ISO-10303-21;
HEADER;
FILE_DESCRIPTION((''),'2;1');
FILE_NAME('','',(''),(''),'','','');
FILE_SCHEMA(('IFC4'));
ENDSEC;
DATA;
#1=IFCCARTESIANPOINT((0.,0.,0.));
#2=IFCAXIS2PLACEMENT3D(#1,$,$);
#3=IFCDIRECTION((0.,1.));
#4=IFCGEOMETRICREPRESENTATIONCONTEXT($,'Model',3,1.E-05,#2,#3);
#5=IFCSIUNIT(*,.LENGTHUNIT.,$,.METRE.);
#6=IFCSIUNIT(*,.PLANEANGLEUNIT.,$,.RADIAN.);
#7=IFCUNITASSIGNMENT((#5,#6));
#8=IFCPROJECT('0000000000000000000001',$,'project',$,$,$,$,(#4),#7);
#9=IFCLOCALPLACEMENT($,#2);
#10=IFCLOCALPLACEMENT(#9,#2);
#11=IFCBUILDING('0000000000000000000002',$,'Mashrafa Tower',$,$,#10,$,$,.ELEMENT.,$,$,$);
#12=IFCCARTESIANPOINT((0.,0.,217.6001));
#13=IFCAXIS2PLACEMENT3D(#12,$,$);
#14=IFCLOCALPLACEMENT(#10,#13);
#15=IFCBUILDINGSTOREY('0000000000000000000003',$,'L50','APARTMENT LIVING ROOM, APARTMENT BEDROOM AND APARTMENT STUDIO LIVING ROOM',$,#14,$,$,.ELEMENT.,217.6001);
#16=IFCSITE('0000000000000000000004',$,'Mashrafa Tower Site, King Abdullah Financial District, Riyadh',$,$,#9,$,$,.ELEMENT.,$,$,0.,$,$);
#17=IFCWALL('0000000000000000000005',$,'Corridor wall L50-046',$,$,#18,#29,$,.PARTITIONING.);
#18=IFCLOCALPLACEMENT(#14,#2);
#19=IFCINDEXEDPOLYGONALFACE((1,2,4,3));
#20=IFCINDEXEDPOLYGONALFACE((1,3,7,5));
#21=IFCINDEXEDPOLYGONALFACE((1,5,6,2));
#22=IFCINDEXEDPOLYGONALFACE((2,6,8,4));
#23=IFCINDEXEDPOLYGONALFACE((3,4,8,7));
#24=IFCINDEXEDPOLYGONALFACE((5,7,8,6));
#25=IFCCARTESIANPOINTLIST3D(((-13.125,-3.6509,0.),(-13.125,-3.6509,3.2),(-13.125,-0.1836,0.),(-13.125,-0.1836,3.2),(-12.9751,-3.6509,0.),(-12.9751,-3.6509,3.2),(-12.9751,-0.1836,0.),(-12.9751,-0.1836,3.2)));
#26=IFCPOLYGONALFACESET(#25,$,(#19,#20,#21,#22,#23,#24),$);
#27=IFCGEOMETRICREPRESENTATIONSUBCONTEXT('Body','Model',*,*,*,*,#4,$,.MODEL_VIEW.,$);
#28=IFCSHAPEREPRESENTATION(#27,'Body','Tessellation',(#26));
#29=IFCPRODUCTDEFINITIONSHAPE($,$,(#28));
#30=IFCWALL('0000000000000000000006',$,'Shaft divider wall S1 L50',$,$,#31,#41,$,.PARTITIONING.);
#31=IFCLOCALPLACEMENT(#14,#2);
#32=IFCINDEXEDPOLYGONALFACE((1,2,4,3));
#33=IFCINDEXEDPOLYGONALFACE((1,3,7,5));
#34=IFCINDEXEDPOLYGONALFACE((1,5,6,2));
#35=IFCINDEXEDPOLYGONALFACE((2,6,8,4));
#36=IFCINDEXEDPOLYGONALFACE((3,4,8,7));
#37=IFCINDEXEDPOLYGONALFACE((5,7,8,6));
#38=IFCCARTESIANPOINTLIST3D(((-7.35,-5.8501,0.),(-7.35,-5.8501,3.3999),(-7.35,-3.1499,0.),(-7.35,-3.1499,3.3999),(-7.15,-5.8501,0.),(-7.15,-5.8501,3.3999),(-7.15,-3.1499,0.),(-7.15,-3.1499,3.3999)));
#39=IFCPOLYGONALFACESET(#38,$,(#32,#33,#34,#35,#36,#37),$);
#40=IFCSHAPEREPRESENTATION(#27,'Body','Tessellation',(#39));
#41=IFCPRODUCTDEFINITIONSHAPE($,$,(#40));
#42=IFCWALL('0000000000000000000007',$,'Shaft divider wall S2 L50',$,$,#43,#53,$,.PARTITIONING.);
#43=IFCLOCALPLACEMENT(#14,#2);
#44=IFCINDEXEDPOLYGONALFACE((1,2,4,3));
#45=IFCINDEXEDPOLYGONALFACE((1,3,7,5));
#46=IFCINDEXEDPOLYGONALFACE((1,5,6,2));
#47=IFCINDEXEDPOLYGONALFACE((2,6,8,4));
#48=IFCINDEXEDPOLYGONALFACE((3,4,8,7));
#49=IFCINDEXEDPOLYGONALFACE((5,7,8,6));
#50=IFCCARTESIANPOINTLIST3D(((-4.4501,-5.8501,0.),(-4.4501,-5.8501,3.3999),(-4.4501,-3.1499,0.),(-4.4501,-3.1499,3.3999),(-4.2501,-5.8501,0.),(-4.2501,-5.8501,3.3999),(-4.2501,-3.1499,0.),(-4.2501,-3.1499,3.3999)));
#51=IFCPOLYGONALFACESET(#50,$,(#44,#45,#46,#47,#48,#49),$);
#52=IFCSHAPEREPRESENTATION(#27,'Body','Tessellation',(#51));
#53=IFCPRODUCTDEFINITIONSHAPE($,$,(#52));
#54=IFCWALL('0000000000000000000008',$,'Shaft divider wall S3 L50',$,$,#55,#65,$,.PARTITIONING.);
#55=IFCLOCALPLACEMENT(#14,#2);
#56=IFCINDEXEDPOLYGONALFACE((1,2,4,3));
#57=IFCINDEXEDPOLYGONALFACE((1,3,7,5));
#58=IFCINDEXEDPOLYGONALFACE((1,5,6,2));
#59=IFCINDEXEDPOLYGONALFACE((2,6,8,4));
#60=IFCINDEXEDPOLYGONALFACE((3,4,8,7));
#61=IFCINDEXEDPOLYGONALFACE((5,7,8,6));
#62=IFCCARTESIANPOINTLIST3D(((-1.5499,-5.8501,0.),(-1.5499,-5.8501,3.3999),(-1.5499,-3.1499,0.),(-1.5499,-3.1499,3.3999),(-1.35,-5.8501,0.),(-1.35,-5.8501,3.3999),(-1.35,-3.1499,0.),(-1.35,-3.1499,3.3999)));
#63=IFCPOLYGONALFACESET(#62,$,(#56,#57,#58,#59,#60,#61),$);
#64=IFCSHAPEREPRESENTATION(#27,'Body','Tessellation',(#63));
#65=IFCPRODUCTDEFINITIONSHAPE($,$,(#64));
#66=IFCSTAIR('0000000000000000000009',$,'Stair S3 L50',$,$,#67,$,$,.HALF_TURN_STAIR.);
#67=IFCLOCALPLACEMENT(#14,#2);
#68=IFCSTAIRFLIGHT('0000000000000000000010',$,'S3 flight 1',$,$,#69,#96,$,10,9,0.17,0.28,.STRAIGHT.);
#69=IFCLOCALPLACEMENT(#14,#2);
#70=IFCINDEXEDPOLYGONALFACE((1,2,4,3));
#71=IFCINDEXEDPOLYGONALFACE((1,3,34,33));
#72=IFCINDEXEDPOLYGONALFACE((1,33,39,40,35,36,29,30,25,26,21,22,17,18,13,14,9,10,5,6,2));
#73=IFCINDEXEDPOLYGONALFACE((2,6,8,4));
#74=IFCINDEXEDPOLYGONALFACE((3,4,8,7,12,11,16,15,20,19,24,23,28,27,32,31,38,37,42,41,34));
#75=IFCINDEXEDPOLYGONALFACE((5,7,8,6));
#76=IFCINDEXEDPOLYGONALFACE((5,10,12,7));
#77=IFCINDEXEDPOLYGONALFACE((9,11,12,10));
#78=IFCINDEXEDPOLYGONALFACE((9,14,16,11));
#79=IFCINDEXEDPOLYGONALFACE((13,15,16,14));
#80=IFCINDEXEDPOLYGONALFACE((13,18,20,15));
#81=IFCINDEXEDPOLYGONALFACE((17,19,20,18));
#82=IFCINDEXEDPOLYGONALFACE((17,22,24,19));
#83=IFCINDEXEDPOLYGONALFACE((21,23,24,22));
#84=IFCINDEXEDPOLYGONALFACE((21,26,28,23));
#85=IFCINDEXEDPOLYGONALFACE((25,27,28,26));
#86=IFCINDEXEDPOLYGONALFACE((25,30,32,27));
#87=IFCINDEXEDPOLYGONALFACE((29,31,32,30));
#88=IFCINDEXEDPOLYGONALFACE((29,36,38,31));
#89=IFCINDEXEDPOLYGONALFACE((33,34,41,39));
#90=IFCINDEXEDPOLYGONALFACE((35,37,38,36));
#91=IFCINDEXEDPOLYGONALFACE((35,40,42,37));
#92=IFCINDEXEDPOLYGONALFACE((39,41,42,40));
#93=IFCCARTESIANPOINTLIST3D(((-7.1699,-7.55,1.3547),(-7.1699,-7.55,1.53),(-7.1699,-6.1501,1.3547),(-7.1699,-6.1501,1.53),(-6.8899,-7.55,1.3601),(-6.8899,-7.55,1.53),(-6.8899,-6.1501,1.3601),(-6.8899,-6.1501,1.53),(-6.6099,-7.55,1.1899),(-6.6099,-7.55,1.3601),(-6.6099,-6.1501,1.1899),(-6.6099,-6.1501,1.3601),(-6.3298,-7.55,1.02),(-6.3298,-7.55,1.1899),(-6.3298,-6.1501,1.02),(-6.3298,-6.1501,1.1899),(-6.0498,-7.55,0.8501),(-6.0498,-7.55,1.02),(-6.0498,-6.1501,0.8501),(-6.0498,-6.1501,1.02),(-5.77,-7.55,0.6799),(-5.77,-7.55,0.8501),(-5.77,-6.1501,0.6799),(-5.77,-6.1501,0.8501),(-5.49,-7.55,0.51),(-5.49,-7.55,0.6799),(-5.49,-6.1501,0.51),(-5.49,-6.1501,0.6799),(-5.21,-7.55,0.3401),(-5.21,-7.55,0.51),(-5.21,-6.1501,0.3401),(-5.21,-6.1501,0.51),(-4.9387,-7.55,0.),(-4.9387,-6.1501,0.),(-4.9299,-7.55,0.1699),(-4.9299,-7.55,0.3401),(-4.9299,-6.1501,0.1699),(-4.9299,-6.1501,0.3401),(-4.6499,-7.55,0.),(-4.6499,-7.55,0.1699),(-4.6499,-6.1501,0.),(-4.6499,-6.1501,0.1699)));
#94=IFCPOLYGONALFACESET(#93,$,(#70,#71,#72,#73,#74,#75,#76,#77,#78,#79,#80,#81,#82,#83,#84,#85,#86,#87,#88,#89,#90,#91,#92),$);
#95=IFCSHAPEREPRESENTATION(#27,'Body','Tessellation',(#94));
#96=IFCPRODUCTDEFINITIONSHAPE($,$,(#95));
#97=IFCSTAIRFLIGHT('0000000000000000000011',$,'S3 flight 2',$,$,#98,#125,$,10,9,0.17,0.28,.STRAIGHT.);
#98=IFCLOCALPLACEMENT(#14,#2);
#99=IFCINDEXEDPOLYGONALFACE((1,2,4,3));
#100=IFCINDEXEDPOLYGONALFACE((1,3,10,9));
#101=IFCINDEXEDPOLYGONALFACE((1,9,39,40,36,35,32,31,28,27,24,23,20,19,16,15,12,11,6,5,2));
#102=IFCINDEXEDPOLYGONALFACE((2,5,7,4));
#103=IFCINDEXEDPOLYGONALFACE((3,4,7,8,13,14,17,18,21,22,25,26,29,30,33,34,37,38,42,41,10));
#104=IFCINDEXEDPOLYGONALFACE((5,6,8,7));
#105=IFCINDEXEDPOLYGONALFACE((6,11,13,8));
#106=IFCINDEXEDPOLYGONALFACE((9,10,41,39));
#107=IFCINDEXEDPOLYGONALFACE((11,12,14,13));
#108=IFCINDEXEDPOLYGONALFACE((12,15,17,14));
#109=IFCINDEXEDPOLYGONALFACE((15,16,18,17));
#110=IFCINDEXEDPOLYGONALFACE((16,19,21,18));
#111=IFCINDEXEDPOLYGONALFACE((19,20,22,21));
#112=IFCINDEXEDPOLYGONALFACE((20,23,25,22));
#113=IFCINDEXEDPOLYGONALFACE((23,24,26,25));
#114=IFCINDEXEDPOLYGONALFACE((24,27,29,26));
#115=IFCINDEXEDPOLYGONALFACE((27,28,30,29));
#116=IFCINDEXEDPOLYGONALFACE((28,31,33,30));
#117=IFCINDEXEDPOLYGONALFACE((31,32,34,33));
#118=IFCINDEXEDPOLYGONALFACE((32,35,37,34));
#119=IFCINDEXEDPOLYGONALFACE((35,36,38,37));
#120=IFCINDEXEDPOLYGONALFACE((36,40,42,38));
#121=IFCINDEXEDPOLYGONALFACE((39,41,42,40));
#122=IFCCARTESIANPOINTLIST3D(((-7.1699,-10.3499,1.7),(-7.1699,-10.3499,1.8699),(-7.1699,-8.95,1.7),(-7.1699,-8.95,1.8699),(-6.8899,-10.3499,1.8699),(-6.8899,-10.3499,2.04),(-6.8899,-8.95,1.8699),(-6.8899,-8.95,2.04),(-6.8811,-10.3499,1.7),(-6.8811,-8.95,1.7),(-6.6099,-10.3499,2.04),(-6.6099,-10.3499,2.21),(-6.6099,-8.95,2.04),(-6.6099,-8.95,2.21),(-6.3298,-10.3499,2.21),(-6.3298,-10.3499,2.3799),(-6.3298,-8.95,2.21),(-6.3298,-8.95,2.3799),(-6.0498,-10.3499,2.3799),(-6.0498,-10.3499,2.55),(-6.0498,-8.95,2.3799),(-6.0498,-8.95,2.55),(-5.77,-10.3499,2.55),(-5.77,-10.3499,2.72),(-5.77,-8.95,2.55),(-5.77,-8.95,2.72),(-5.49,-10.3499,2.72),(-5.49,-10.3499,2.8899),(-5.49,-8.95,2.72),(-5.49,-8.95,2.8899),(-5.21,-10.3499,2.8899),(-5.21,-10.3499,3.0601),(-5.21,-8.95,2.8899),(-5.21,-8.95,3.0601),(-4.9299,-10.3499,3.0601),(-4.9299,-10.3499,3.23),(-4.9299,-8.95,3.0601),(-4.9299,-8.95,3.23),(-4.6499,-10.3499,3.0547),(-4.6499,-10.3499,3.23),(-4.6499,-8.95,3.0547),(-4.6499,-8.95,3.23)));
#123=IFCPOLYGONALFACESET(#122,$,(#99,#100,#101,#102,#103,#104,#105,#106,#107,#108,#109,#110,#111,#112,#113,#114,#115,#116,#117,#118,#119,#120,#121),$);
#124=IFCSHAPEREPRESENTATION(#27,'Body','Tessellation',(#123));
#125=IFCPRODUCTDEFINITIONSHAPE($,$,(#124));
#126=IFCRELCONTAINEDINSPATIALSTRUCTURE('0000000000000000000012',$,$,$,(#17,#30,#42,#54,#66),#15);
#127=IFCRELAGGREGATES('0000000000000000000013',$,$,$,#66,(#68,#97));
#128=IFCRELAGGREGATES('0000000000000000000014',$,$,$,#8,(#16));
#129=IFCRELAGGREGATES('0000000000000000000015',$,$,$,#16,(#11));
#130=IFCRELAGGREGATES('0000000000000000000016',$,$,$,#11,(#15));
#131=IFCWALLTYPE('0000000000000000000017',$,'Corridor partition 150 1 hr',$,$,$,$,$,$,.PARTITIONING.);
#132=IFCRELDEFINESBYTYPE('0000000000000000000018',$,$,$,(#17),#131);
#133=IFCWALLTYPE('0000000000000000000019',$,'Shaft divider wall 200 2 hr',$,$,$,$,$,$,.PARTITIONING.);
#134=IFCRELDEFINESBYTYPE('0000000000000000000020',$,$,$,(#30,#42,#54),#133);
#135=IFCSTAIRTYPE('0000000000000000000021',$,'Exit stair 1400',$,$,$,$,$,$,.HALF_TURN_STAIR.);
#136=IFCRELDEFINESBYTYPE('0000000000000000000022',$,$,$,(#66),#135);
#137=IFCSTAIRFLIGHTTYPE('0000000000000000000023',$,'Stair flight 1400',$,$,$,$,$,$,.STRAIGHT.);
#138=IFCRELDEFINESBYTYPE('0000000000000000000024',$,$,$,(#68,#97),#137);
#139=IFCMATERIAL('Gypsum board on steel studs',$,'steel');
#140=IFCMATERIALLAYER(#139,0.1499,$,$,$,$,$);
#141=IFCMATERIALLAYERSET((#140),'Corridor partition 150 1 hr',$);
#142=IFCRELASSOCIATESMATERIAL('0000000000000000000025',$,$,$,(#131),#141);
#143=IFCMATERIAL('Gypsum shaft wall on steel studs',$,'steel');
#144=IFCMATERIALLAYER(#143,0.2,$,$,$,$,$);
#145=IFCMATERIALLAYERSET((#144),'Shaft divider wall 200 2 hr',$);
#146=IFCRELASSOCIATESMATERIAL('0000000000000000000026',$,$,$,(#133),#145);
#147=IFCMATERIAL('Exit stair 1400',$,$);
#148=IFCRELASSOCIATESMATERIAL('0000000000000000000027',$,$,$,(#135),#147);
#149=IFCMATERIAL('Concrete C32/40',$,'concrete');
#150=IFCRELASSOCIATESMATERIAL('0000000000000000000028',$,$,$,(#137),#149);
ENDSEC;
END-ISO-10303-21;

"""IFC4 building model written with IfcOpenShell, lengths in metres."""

from ifc_helpers import new_model, si_unit, direction, frame, frame_2d, origin, place, context, subcontext, project, spatial, polyline, rectangle, outline, extrude, material, layer, layer_set, type_object, element, aggregate, save


model = new_model("IFC4")

# Units and contexts
model_context = context("Model", 3, precision=1e-05, world=origin(), true_north=direction((0.0, 1.0)))
body_context = subcontext(model_context, "Body", "Model", "MODEL_VIEW")
ifc_project = project(units=[si_unit("LENGTHUNIT", "METRE"), si_unit("PLANEANGLEUNIT", "RADIAN")], contexts=[model_context])

# Site, building, storey
site_placement = place(None, origin())
site = spatial("IfcSite", under=ifc_project, at=site_placement, Name="Mashrafa Tower Site, King Abdullah Financial District, Riyadh", CompositionType="ELEMENT", RefElevation=0.0)
building_placement = place(site_placement, origin())
building = spatial("IfcBuilding", under=site, at=building_placement, Name="Mashrafa Tower", CompositionType="ELEMENT")
storey_placement = place(building_placement, frame((0.0, 0.0, 217.6001)))
storey = spatial("IfcBuildingStorey", under=building, at=storey_placement, Name="L50", Description="APARTMENT LIVING ROOM, APARTMENT BEDROOM AND APARTMENT STUDIO LIVING ROOM", CompositionType="ELEMENT", Elevation=217.6001)

# Walls
ifc_material_1 = material(Name="Gypsum board on steel studs", Category="steel")
ifc_layer_1 = layer(ifc_material_1, 0.1499)
ifc_layer_set_1 = layer_set([ifc_layer_1], Name="Corridor partition 150 1 hr")
wall_type_1 = type_object("IfcWallType", Name="Corridor partition 150 1 hr", PredefinedType="PARTITIONING", material=ifc_layer_set_1)
wall_1_placement = place(storey_placement, frame((-13.05, -0.1836, 0.0), z_axis=(0.0, 0.0, 1.0), x_axis=(0.0, -1.0, 0.0)))
element("IfcWall", 1, at=wall_1_placement, inside=storey, type_object=wall_type_1, Name="Corridor wall L50-046", PredefinedType="PARTITIONING", context=body_context, shape_type="SweptSolid", body=[
    extrude(rectangle(XDim=3.4673, YDim=0.1499, at=frame_2d((1.7336, 0.0))), origin(), (0.0, 0.0, 1.0), 3.2),
])
ifc_material_2 = material(Name="Gypsum shaft wall on steel studs", Category="steel")
ifc_layer_2 = layer(ifc_material_2, 0.2)
ifc_layer_set_2 = layer_set([ifc_layer_2], Name="Shaft divider wall 200 2 hr")
wall_type_2 = type_object("IfcWallType", Name="Shaft divider wall 200 2 hr", PredefinedType="PARTITIONING", material=ifc_layer_set_2)
for number, where, z_axis, x_axis, name in (
    (2, (-7.25, -5.8501, 0.0), (0.0, 0.0, 1.0), (0.0, 1.0, 0.0), "Shaft divider wall S1 L50"),
    (3, (-4.3501, -5.8501, 0.0), (0.0, 0.0, 1.0), (0.0, 1.0, 0.0), "Shaft divider wall S2 L50"),
    (4, (-1.45, -5.8501, 0.0), (0.0, 0.0, 1.0), (0.0, 1.0, 0.0), "Shaft divider wall S3 L50"),
):
    element("IfcWall", number, at=place(storey_placement, frame(where, z_axis=z_axis, x_axis=x_axis)), inside=storey, type_object=wall_type_2, Name=name, PredefinedType="PARTITIONING", context=body_context, shape_type="SweptSolid", body=[
        extrude(rectangle(XDim=2.7002, YDim=0.2, at=frame_2d((1.3501, 0.0))), origin(), (0.0, 0.0, 1.0), 3.3999),
    ])

# Stair, stair flights
ifc_material_3 = material(Name="Exit stair 1400")
stair_type = type_object("IfcStairType", Name="Exit stair 1400", PredefinedType="HALF_TURN_STAIR", material=ifc_material_3)
stair_placement = place(storey_placement, origin())
stair = element("IfcStair", 5, at=stair_placement, inside=storey, type_object=stair_type, Name="Stair S3 L50", PredefinedType="HALF_TURN_STAIR")
ifc_material_4 = material(Name="Concrete C32/40", Category="concrete")
stair_flight_type = type_object("IfcStairFlightType", Name="Stair flight 1400", PredefinedType="STRAIGHT", material=ifc_material_4)
stair_flight_1_placement = place(storey_placement, frame((-4.6499, -6.8501, 0.0), z_axis=(0.0, 0.0, 1.0), x_axis=(-1.0, 0.0, 0.0)))
stair_flight_1 = element("IfcStairFlight", 6, at=stair_flight_1_placement, type_object=stair_flight_type, Name="S3 flight 1", NumberOfRisers=10, NumberOfTreads=9, PredefinedType="STRAIGHT", RiserHeight=0.17, TreadLength=0.28, context=body_context, shape_type="SweptSolid", body=[
    extrude(outline(polyline([(0.0, 0.0), (0.0, 0.1699), (0.28, 0.1699), (0.28, 0.3401), (0.5601, 0.3401), (0.5601, 0.51), (0.8401, 0.51), (0.8401, 0.6799), (1.1201, 0.6799), (1.1201, 0.8501), (1.3999, 0.8501), (1.3999, 1.02), (1.6799, 1.02), (1.6799, 1.1899), (1.96, 1.1899), (1.96, 1.3601), (2.24, 1.3601), (2.24, 1.53), (2.52, 1.53), (2.52, 1.7), (2.52, 1.3547), (0.2888, 0.0), (0.0, 0.0)])), frame((0.0, 0.7, 0.0), z_axis=(0.0, -1.0, 0.0), x_axis=(1.0, 0.0, 0.0)), (0.0, 0.0, 1.0), 1.3999),
])
stair_flight_2_placement = place(storey_placement, frame((-7.1699, -9.6499, 1.7), z_axis=(0.0, 0.0, 1.0), x_axis=(1.0, 0.0, 0.0)))
stair_flight_2 = element("IfcStairFlight", 7, at=stair_flight_2_placement, type_object=stair_flight_type, Name="S3 flight 2", NumberOfRisers=10, NumberOfTreads=9, PredefinedType="STRAIGHT", RiserHeight=0.17, TreadLength=0.28, context=body_context, shape_type="SweptSolid", body=[
    extrude(outline(polyline([(0.0, 0.0), (0.0, 0.1699), (0.28, 0.1699), (0.28, 0.3401), (0.5601, 0.3401), (0.5601, 0.51), (0.8401, 0.51), (0.8401, 0.6799), (1.1201, 0.6799), (1.1201, 0.8501), (1.3999, 0.8501), (1.3999, 1.02), (1.6799, 1.02), (1.6799, 1.1899), (1.96, 1.1899), (1.96, 1.3601), (2.24, 1.3601), (2.24, 1.53), (2.52, 1.53), (2.52, 1.7), (2.52, 1.3547), (0.2888, 0.0), (0.0, 0.0)])), frame((0.0, 0.7, 0.0), z_axis=(0.0, -1.0, 0.0), x_axis=(1.0, 0.0, 0.0)), (0.0, 0.0, 1.0), 1.3999),
])
aggregate(stair, [stair_flight_1, stair_flight_2])

save(model, "model.ifc")
